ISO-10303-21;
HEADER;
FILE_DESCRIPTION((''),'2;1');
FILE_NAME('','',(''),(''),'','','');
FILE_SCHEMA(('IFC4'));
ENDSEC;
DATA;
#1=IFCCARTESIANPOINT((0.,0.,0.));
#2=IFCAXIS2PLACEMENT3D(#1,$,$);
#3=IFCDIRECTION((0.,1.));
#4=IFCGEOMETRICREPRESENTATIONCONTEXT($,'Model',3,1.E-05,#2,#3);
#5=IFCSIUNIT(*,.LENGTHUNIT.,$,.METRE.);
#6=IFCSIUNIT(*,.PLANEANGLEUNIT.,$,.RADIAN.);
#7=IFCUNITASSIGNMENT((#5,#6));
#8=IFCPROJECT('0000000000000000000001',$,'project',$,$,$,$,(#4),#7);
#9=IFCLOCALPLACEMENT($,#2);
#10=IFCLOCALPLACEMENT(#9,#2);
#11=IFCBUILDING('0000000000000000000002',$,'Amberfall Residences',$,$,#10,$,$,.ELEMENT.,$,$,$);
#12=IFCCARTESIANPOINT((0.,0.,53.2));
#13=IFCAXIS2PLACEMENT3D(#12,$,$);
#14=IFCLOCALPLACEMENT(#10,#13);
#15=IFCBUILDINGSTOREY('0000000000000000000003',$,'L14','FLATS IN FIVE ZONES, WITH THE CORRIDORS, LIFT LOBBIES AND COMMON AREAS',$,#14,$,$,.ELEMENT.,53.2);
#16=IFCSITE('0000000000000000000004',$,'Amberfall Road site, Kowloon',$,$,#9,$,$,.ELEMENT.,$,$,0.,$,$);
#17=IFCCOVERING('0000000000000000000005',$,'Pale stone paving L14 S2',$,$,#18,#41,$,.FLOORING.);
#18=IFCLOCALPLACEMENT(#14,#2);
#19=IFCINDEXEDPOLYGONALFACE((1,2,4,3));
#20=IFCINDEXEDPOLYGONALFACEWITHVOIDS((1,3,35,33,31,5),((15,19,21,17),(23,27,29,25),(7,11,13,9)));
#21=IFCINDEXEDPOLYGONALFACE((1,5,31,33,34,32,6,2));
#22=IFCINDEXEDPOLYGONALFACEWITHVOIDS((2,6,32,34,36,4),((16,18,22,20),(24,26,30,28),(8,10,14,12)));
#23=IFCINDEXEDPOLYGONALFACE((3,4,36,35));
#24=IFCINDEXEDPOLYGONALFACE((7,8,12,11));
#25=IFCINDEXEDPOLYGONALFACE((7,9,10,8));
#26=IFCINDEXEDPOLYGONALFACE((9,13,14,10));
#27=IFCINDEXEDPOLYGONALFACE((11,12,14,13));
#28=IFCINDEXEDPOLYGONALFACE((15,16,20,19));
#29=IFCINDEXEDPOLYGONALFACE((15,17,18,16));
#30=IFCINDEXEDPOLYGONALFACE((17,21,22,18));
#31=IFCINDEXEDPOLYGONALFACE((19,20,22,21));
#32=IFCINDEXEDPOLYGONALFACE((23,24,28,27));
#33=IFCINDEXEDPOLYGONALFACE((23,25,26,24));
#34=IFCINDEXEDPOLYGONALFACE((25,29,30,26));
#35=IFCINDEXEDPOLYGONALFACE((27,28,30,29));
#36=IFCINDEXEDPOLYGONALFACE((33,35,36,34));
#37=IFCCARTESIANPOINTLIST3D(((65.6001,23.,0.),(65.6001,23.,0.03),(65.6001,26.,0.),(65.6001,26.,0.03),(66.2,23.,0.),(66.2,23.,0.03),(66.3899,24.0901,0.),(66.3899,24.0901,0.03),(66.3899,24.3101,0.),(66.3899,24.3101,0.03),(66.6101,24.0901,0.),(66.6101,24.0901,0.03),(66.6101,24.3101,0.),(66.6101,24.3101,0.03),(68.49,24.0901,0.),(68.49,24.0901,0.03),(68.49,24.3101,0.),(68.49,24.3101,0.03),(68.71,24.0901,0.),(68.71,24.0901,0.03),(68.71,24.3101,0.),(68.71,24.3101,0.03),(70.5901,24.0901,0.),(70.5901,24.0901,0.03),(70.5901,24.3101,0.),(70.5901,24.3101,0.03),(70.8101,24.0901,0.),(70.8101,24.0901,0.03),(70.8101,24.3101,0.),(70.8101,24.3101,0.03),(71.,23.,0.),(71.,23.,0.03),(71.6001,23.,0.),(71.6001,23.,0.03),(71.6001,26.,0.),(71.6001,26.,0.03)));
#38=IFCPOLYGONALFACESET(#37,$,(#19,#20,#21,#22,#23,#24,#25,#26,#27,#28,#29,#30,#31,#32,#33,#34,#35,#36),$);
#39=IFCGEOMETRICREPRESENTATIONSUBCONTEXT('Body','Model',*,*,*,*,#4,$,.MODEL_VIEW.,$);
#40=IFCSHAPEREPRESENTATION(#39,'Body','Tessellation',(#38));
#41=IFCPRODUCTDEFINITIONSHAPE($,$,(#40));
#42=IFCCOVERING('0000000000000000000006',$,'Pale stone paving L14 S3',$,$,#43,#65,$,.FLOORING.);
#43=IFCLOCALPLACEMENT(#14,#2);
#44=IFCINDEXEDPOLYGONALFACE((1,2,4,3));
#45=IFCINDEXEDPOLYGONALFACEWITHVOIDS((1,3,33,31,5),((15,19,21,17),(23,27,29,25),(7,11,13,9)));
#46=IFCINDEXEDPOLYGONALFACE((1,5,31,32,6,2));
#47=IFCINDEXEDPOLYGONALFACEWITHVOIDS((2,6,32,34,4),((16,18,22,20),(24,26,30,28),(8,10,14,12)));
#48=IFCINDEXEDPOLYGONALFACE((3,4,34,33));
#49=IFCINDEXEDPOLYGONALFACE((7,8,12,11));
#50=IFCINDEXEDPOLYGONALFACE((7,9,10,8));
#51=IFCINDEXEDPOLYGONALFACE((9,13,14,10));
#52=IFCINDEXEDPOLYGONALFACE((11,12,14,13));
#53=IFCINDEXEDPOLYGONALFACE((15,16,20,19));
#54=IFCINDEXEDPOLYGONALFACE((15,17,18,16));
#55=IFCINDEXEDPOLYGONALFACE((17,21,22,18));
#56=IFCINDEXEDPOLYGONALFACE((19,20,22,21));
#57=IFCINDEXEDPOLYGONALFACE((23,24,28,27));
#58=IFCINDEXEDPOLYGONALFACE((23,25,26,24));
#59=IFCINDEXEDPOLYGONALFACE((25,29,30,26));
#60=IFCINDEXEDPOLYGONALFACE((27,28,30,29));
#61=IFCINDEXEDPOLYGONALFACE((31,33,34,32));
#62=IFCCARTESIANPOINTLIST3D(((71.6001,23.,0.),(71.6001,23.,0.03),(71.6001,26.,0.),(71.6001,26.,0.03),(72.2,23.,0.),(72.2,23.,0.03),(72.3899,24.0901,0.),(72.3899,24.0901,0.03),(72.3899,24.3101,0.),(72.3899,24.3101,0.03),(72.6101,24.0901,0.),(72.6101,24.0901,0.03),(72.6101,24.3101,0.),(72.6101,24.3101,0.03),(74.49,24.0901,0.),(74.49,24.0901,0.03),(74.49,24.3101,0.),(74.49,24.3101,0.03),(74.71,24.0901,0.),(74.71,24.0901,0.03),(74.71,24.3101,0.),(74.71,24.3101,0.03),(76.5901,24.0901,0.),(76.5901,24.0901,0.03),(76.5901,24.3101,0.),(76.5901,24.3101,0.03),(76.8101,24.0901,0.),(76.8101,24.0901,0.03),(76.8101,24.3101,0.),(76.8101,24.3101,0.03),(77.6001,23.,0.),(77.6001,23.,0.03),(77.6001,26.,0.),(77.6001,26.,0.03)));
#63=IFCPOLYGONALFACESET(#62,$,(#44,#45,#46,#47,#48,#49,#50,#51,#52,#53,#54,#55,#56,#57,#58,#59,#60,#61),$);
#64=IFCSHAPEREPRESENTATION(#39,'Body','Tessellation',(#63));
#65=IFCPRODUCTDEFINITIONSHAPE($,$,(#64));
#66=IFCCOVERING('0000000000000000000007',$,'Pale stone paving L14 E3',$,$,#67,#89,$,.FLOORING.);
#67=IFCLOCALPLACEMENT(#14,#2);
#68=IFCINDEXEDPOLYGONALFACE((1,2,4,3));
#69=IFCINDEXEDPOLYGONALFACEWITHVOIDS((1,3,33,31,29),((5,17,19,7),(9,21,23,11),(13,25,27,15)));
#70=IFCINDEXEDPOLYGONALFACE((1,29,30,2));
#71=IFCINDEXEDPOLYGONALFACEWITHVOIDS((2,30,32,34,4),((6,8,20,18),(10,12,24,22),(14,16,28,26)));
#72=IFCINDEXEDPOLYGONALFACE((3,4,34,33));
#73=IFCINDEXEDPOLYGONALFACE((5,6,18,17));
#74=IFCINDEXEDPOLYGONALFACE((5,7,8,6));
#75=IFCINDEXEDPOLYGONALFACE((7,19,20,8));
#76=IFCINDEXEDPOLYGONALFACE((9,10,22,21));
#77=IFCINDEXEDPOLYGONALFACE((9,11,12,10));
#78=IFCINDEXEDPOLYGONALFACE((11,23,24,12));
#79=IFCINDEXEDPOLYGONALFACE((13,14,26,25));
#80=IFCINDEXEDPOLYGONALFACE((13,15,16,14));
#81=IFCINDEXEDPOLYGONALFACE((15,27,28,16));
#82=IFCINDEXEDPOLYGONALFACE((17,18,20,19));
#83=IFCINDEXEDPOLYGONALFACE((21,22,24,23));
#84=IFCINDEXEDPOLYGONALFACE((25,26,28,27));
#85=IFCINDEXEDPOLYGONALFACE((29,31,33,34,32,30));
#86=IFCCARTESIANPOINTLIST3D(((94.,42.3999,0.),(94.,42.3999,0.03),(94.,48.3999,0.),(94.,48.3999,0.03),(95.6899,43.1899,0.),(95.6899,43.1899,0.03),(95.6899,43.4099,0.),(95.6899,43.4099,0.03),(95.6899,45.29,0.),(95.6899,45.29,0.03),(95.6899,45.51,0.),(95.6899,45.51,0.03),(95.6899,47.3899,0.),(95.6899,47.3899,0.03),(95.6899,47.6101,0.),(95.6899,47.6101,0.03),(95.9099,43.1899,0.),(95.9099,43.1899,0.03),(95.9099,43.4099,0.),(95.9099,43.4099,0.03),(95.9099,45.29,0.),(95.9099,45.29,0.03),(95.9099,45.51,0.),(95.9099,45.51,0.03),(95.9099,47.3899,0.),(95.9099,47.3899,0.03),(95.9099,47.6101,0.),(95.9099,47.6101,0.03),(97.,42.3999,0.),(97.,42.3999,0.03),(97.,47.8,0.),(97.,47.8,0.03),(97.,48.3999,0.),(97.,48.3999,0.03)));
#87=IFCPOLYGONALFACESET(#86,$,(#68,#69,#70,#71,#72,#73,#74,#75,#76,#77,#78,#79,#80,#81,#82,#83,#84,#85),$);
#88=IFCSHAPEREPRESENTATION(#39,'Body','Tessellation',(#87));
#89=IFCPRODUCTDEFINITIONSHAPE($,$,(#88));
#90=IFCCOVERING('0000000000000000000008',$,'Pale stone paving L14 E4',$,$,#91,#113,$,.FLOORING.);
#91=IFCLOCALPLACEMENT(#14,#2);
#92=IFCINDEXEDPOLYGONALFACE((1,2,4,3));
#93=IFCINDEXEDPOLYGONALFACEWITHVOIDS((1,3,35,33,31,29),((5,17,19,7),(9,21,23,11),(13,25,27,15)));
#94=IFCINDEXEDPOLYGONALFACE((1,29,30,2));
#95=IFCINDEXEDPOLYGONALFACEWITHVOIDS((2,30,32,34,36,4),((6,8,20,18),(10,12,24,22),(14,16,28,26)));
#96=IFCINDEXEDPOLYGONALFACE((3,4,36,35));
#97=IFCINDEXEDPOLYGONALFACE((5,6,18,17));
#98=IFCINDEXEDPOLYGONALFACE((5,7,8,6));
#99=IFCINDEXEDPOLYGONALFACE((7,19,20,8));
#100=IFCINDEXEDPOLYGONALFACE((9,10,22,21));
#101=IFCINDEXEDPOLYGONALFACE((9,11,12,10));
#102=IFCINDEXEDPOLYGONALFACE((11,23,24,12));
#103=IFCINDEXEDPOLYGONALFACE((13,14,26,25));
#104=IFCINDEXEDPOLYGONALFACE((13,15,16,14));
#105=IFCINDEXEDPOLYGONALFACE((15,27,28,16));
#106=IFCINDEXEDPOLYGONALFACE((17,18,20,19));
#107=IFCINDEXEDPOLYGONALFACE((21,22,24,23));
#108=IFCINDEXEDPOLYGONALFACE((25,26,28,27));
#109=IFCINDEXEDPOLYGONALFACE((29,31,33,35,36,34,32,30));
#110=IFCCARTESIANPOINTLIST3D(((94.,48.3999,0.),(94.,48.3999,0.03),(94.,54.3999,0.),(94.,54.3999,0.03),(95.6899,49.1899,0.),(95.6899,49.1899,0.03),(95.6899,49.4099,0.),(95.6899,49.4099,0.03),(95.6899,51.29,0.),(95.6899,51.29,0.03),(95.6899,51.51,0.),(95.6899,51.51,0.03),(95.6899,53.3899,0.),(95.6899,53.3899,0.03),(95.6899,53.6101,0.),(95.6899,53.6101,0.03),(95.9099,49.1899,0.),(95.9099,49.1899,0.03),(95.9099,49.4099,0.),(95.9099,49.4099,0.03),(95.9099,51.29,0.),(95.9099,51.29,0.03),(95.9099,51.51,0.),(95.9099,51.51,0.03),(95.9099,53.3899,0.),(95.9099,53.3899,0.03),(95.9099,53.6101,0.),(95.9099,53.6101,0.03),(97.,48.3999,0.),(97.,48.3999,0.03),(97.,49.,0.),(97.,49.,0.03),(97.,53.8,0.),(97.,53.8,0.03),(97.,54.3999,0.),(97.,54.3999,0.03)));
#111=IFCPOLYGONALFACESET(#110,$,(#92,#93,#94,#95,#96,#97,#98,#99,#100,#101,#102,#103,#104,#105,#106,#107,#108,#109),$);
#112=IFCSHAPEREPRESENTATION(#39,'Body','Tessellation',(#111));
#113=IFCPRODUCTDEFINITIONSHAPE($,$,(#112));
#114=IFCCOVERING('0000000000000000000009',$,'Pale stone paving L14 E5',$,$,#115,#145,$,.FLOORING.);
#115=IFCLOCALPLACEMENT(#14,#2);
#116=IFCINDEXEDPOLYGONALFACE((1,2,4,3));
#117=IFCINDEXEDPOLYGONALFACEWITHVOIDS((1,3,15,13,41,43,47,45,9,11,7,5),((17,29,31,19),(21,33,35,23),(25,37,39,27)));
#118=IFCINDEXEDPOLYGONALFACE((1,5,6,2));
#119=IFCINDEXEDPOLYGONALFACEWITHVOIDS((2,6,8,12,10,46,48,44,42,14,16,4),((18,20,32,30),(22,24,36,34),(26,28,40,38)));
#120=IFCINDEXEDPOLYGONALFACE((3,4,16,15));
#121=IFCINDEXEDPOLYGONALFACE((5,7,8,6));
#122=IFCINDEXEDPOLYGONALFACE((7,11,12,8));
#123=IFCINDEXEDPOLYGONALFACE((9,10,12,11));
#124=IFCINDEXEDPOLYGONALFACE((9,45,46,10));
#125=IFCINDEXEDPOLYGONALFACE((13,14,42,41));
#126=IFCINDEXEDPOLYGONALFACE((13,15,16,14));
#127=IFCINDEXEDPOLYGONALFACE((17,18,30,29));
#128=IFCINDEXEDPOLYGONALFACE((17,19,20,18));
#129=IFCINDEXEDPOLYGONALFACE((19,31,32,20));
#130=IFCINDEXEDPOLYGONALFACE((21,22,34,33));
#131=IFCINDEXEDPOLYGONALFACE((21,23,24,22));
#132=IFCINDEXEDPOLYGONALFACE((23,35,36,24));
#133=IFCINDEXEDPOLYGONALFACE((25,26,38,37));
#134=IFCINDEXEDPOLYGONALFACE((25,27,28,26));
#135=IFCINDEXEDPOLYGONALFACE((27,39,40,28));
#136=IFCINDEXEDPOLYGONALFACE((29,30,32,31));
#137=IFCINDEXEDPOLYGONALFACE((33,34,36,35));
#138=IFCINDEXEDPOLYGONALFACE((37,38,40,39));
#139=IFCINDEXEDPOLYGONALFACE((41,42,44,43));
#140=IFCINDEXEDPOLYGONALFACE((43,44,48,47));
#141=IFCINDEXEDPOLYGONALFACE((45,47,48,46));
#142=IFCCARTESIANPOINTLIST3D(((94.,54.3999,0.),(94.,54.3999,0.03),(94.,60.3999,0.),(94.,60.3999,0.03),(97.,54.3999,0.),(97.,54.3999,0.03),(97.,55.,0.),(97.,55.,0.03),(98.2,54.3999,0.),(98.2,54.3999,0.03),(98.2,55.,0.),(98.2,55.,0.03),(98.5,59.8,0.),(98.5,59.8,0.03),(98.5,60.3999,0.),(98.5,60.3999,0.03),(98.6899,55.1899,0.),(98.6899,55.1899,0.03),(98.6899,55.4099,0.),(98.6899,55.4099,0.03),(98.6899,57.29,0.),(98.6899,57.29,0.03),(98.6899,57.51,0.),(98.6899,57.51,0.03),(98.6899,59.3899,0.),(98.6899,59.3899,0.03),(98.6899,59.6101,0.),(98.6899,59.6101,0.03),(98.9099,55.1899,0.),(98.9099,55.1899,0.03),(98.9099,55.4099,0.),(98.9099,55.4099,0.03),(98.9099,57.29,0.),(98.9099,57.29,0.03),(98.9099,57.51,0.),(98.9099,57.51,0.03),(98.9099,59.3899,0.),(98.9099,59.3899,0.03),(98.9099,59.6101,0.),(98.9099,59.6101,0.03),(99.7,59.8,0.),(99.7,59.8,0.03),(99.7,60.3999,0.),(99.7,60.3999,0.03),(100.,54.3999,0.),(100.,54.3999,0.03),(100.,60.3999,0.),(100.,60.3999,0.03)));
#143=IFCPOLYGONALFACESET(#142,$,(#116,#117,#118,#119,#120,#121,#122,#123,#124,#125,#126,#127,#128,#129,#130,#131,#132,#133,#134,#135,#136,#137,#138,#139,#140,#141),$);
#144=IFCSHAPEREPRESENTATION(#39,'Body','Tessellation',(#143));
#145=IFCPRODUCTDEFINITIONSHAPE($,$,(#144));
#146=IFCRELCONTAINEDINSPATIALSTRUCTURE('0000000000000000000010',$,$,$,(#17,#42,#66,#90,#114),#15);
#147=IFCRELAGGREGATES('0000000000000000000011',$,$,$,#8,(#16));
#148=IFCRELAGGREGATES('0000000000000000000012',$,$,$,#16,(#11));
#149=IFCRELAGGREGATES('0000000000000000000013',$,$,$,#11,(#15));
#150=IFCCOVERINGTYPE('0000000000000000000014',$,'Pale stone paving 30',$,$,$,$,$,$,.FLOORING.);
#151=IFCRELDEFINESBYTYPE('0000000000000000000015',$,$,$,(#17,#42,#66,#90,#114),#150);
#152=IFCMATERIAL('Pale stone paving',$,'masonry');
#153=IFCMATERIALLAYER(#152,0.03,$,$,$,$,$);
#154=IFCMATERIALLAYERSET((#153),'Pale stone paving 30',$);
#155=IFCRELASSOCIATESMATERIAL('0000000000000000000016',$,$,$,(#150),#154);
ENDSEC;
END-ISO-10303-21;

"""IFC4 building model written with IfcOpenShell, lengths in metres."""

from ifc_helpers import new_model, si_unit, direction, frame, origin, place, context, subcontext, project, spatial, polyline, outline, extrude, material, layer, layer_set, type_object, element, save


model = new_model("IFC4")

# Units and contexts
model_context = context("Model", 3, precision=1e-05, world=origin(), true_north=direction((0.0, 1.0)))
body_context = subcontext(model_context, "Body", "Model", "MODEL_VIEW")
ifc_project = project(units=[si_unit("LENGTHUNIT", "METRE"), si_unit("PLANEANGLEUNIT", "RADIAN")], contexts=[model_context])

# Site, building, storey
site_placement = place(None, origin())
site = spatial("IfcSite", under=ifc_project, at=site_placement, Name="Amberfall Road site, Kowloon", CompositionType="ELEMENT", RefElevation=0.0)
building_placement = place(site_placement, origin())
building = spatial("IfcBuilding", under=site, at=building_placement, Name="Amberfall Residences", CompositionType="ELEMENT")
storey_placement = place(building_placement, frame((0.0, 0.0, 53.2)))
storey = spatial("IfcBuildingStorey", under=building, at=storey_placement, Name="L14", Description="FLATS IN FIVE ZONES, WITH THE CORRIDORS, LIFT LOBBIES AND COMMON AREAS", CompositionType="ELEMENT", Elevation=53.2)

# Coverings
ifc_material_1 = material(Name="Pale stone paving", Category="masonry")
ifc_layer_1 = layer(ifc_material_1, 0.03)
ifc_layer_set_1 = layer_set([ifc_layer_1], Name="Pale stone paving 30")
covering_type_1 = type_object("IfcCoveringType", Name="Pale stone paving 30", PredefinedType="FLOORING", material=ifc_layer_set_1)
covering_1_placement = place(storey_placement, origin())
element("IfcCovering", 1, at=covering_1_placement, inside=storey, type_object=covering_type_1, Name="Pale stone paving L14 S2", PredefinedType="FLOORING", context=body_context, shape_type="SweptSolid", body=[
    extrude(outline(polyline([(71.6001, 26.0), (65.6001, 26.0), (65.6001, 23.0), (66.2, 23.0), (71.0, 23.0), (71.6001, 23.0), (71.6001, 26.0)]), holes=[polyline([(66.3899, 24.0901), (66.6101, 24.0901), (66.6101, 24.3101), (66.3899, 24.3101), (66.3899, 24.0901)]), polyline([(68.49, 24.0901), (68.71, 24.0901), (68.71, 24.3101), (68.49, 24.3101), (68.49, 24.0901)]), polyline([(70.5901, 24.0901), (70.8101, 24.0901), (70.8101, 24.3101), (70.5901, 24.3101), (70.5901, 24.0901)])]), origin(), (0.0, 0.0, 1.0), 0.03),
])
covering_2_placement = place(storey_placement, origin())
element("IfcCovering", 2, at=covering_2_placement, inside=storey, type_object=covering_type_1, Name="Pale stone paving L14 S3", PredefinedType="FLOORING", context=body_context, shape_type="SweptSolid", body=[
    extrude(outline(polyline([(77.6001, 26.0), (71.6001, 26.0), (71.6001, 23.0), (72.2, 23.0), (77.6001, 23.0), (77.6001, 26.0)]), holes=[polyline([(72.3899, 24.0901), (72.6101, 24.0901), (72.6101, 24.3101), (72.3899, 24.3101), (72.3899, 24.0901)]), polyline([(74.49, 24.0901), (74.71, 24.0901), (74.71, 24.3101), (74.49, 24.3101), (74.49, 24.0901)]), polyline([(76.5901, 24.0901), (76.8101, 24.0901), (76.8101, 24.3101), (76.5901, 24.3101), (76.5901, 24.0901)])]), origin(), (0.0, 0.0, 1.0), 0.03),
])
covering_3_placement = place(storey_placement, origin())
element("IfcCovering", 3, at=covering_3_placement, inside=storey, type_object=covering_type_1, Name="Pale stone paving L14 E3", PredefinedType="FLOORING", context=body_context, shape_type="SweptSolid", body=[
    extrude(outline(polyline([(94.0, 48.3999), (94.0, 42.3999), (97.0, 42.3999), (97.0, 47.8), (97.0, 48.3999), (94.0, 48.3999)]), holes=[polyline([(95.6899, 43.1899), (95.9099, 43.1899), (95.9099, 43.4099), (95.6899, 43.4099), (95.6899, 43.1899)]), polyline([(95.6899, 45.29), (95.9099, 45.29), (95.9099, 45.51), (95.6899, 45.51), (95.6899, 45.29)]), polyline([(95.6899, 47.3899), (95.9099, 47.3899), (95.9099, 47.6101), (95.6899, 47.6101), (95.6899, 47.3899)])]), origin(), (0.0, 0.0, 1.0), 0.03),
])
covering_4_placement = place(storey_placement, origin())
element("IfcCovering", 4, at=covering_4_placement, inside=storey, type_object=covering_type_1, Name="Pale stone paving L14 E4", PredefinedType="FLOORING", context=body_context, shape_type="SweptSolid", body=[
    extrude(outline(polyline([(94.0, 54.3999), (94.0, 48.3999), (97.0, 48.3999), (97.0, 49.0), (97.0, 53.8), (97.0, 54.3999), (94.0, 54.3999)]), holes=[polyline([(95.6899, 49.1899), (95.9099, 49.1899), (95.9099, 49.4099), (95.6899, 49.4099), (95.6899, 49.1899)]), polyline([(95.6899, 51.29), (95.9099, 51.29), (95.9099, 51.51), (95.6899, 51.51), (95.6899, 51.29)]), polyline([(95.6899, 53.3899), (95.9099, 53.3899), (95.9099, 53.6101), (95.6899, 53.6101), (95.6899, 53.3899)])]), origin(), (0.0, 0.0, 1.0), 0.03),
])
covering_5_placement = place(storey_placement, origin())
element("IfcCovering", 5, at=covering_5_placement, inside=storey, type_object=covering_type_1, Name="Pale stone paving L14 E5", PredefinedType="FLOORING", context=body_context, shape_type="SweptSolid", body=[
    extrude(outline(polyline([(100.0, 60.3999), (99.7, 60.3999), (99.7, 59.8), (98.5, 59.8), (98.5, 60.3999), (94.0, 60.3999), (94.0, 54.3999), (97.0, 54.3999), (97.0, 55.0), (98.2, 55.0), (98.2, 54.3999), (100.0, 54.3999), (100.0, 60.3999)]), holes=[polyline([(98.6899, 55.1899), (98.9099, 55.1899), (98.9099, 55.4099), (98.6899, 55.4099), (98.6899, 55.1899)]), polyline([(98.6899, 57.29), (98.9099, 57.29), (98.9099, 57.51), (98.6899, 57.51), (98.6899, 57.29)]), polyline([(98.6899, 59.3899), (98.9099, 59.3899), (98.9099, 59.6101), (98.6899, 59.6101), (98.6899, 59.3899)])]), origin(), (0.0, 0.0, 1.0), 0.03),
])

save(model, "model.ifc")
